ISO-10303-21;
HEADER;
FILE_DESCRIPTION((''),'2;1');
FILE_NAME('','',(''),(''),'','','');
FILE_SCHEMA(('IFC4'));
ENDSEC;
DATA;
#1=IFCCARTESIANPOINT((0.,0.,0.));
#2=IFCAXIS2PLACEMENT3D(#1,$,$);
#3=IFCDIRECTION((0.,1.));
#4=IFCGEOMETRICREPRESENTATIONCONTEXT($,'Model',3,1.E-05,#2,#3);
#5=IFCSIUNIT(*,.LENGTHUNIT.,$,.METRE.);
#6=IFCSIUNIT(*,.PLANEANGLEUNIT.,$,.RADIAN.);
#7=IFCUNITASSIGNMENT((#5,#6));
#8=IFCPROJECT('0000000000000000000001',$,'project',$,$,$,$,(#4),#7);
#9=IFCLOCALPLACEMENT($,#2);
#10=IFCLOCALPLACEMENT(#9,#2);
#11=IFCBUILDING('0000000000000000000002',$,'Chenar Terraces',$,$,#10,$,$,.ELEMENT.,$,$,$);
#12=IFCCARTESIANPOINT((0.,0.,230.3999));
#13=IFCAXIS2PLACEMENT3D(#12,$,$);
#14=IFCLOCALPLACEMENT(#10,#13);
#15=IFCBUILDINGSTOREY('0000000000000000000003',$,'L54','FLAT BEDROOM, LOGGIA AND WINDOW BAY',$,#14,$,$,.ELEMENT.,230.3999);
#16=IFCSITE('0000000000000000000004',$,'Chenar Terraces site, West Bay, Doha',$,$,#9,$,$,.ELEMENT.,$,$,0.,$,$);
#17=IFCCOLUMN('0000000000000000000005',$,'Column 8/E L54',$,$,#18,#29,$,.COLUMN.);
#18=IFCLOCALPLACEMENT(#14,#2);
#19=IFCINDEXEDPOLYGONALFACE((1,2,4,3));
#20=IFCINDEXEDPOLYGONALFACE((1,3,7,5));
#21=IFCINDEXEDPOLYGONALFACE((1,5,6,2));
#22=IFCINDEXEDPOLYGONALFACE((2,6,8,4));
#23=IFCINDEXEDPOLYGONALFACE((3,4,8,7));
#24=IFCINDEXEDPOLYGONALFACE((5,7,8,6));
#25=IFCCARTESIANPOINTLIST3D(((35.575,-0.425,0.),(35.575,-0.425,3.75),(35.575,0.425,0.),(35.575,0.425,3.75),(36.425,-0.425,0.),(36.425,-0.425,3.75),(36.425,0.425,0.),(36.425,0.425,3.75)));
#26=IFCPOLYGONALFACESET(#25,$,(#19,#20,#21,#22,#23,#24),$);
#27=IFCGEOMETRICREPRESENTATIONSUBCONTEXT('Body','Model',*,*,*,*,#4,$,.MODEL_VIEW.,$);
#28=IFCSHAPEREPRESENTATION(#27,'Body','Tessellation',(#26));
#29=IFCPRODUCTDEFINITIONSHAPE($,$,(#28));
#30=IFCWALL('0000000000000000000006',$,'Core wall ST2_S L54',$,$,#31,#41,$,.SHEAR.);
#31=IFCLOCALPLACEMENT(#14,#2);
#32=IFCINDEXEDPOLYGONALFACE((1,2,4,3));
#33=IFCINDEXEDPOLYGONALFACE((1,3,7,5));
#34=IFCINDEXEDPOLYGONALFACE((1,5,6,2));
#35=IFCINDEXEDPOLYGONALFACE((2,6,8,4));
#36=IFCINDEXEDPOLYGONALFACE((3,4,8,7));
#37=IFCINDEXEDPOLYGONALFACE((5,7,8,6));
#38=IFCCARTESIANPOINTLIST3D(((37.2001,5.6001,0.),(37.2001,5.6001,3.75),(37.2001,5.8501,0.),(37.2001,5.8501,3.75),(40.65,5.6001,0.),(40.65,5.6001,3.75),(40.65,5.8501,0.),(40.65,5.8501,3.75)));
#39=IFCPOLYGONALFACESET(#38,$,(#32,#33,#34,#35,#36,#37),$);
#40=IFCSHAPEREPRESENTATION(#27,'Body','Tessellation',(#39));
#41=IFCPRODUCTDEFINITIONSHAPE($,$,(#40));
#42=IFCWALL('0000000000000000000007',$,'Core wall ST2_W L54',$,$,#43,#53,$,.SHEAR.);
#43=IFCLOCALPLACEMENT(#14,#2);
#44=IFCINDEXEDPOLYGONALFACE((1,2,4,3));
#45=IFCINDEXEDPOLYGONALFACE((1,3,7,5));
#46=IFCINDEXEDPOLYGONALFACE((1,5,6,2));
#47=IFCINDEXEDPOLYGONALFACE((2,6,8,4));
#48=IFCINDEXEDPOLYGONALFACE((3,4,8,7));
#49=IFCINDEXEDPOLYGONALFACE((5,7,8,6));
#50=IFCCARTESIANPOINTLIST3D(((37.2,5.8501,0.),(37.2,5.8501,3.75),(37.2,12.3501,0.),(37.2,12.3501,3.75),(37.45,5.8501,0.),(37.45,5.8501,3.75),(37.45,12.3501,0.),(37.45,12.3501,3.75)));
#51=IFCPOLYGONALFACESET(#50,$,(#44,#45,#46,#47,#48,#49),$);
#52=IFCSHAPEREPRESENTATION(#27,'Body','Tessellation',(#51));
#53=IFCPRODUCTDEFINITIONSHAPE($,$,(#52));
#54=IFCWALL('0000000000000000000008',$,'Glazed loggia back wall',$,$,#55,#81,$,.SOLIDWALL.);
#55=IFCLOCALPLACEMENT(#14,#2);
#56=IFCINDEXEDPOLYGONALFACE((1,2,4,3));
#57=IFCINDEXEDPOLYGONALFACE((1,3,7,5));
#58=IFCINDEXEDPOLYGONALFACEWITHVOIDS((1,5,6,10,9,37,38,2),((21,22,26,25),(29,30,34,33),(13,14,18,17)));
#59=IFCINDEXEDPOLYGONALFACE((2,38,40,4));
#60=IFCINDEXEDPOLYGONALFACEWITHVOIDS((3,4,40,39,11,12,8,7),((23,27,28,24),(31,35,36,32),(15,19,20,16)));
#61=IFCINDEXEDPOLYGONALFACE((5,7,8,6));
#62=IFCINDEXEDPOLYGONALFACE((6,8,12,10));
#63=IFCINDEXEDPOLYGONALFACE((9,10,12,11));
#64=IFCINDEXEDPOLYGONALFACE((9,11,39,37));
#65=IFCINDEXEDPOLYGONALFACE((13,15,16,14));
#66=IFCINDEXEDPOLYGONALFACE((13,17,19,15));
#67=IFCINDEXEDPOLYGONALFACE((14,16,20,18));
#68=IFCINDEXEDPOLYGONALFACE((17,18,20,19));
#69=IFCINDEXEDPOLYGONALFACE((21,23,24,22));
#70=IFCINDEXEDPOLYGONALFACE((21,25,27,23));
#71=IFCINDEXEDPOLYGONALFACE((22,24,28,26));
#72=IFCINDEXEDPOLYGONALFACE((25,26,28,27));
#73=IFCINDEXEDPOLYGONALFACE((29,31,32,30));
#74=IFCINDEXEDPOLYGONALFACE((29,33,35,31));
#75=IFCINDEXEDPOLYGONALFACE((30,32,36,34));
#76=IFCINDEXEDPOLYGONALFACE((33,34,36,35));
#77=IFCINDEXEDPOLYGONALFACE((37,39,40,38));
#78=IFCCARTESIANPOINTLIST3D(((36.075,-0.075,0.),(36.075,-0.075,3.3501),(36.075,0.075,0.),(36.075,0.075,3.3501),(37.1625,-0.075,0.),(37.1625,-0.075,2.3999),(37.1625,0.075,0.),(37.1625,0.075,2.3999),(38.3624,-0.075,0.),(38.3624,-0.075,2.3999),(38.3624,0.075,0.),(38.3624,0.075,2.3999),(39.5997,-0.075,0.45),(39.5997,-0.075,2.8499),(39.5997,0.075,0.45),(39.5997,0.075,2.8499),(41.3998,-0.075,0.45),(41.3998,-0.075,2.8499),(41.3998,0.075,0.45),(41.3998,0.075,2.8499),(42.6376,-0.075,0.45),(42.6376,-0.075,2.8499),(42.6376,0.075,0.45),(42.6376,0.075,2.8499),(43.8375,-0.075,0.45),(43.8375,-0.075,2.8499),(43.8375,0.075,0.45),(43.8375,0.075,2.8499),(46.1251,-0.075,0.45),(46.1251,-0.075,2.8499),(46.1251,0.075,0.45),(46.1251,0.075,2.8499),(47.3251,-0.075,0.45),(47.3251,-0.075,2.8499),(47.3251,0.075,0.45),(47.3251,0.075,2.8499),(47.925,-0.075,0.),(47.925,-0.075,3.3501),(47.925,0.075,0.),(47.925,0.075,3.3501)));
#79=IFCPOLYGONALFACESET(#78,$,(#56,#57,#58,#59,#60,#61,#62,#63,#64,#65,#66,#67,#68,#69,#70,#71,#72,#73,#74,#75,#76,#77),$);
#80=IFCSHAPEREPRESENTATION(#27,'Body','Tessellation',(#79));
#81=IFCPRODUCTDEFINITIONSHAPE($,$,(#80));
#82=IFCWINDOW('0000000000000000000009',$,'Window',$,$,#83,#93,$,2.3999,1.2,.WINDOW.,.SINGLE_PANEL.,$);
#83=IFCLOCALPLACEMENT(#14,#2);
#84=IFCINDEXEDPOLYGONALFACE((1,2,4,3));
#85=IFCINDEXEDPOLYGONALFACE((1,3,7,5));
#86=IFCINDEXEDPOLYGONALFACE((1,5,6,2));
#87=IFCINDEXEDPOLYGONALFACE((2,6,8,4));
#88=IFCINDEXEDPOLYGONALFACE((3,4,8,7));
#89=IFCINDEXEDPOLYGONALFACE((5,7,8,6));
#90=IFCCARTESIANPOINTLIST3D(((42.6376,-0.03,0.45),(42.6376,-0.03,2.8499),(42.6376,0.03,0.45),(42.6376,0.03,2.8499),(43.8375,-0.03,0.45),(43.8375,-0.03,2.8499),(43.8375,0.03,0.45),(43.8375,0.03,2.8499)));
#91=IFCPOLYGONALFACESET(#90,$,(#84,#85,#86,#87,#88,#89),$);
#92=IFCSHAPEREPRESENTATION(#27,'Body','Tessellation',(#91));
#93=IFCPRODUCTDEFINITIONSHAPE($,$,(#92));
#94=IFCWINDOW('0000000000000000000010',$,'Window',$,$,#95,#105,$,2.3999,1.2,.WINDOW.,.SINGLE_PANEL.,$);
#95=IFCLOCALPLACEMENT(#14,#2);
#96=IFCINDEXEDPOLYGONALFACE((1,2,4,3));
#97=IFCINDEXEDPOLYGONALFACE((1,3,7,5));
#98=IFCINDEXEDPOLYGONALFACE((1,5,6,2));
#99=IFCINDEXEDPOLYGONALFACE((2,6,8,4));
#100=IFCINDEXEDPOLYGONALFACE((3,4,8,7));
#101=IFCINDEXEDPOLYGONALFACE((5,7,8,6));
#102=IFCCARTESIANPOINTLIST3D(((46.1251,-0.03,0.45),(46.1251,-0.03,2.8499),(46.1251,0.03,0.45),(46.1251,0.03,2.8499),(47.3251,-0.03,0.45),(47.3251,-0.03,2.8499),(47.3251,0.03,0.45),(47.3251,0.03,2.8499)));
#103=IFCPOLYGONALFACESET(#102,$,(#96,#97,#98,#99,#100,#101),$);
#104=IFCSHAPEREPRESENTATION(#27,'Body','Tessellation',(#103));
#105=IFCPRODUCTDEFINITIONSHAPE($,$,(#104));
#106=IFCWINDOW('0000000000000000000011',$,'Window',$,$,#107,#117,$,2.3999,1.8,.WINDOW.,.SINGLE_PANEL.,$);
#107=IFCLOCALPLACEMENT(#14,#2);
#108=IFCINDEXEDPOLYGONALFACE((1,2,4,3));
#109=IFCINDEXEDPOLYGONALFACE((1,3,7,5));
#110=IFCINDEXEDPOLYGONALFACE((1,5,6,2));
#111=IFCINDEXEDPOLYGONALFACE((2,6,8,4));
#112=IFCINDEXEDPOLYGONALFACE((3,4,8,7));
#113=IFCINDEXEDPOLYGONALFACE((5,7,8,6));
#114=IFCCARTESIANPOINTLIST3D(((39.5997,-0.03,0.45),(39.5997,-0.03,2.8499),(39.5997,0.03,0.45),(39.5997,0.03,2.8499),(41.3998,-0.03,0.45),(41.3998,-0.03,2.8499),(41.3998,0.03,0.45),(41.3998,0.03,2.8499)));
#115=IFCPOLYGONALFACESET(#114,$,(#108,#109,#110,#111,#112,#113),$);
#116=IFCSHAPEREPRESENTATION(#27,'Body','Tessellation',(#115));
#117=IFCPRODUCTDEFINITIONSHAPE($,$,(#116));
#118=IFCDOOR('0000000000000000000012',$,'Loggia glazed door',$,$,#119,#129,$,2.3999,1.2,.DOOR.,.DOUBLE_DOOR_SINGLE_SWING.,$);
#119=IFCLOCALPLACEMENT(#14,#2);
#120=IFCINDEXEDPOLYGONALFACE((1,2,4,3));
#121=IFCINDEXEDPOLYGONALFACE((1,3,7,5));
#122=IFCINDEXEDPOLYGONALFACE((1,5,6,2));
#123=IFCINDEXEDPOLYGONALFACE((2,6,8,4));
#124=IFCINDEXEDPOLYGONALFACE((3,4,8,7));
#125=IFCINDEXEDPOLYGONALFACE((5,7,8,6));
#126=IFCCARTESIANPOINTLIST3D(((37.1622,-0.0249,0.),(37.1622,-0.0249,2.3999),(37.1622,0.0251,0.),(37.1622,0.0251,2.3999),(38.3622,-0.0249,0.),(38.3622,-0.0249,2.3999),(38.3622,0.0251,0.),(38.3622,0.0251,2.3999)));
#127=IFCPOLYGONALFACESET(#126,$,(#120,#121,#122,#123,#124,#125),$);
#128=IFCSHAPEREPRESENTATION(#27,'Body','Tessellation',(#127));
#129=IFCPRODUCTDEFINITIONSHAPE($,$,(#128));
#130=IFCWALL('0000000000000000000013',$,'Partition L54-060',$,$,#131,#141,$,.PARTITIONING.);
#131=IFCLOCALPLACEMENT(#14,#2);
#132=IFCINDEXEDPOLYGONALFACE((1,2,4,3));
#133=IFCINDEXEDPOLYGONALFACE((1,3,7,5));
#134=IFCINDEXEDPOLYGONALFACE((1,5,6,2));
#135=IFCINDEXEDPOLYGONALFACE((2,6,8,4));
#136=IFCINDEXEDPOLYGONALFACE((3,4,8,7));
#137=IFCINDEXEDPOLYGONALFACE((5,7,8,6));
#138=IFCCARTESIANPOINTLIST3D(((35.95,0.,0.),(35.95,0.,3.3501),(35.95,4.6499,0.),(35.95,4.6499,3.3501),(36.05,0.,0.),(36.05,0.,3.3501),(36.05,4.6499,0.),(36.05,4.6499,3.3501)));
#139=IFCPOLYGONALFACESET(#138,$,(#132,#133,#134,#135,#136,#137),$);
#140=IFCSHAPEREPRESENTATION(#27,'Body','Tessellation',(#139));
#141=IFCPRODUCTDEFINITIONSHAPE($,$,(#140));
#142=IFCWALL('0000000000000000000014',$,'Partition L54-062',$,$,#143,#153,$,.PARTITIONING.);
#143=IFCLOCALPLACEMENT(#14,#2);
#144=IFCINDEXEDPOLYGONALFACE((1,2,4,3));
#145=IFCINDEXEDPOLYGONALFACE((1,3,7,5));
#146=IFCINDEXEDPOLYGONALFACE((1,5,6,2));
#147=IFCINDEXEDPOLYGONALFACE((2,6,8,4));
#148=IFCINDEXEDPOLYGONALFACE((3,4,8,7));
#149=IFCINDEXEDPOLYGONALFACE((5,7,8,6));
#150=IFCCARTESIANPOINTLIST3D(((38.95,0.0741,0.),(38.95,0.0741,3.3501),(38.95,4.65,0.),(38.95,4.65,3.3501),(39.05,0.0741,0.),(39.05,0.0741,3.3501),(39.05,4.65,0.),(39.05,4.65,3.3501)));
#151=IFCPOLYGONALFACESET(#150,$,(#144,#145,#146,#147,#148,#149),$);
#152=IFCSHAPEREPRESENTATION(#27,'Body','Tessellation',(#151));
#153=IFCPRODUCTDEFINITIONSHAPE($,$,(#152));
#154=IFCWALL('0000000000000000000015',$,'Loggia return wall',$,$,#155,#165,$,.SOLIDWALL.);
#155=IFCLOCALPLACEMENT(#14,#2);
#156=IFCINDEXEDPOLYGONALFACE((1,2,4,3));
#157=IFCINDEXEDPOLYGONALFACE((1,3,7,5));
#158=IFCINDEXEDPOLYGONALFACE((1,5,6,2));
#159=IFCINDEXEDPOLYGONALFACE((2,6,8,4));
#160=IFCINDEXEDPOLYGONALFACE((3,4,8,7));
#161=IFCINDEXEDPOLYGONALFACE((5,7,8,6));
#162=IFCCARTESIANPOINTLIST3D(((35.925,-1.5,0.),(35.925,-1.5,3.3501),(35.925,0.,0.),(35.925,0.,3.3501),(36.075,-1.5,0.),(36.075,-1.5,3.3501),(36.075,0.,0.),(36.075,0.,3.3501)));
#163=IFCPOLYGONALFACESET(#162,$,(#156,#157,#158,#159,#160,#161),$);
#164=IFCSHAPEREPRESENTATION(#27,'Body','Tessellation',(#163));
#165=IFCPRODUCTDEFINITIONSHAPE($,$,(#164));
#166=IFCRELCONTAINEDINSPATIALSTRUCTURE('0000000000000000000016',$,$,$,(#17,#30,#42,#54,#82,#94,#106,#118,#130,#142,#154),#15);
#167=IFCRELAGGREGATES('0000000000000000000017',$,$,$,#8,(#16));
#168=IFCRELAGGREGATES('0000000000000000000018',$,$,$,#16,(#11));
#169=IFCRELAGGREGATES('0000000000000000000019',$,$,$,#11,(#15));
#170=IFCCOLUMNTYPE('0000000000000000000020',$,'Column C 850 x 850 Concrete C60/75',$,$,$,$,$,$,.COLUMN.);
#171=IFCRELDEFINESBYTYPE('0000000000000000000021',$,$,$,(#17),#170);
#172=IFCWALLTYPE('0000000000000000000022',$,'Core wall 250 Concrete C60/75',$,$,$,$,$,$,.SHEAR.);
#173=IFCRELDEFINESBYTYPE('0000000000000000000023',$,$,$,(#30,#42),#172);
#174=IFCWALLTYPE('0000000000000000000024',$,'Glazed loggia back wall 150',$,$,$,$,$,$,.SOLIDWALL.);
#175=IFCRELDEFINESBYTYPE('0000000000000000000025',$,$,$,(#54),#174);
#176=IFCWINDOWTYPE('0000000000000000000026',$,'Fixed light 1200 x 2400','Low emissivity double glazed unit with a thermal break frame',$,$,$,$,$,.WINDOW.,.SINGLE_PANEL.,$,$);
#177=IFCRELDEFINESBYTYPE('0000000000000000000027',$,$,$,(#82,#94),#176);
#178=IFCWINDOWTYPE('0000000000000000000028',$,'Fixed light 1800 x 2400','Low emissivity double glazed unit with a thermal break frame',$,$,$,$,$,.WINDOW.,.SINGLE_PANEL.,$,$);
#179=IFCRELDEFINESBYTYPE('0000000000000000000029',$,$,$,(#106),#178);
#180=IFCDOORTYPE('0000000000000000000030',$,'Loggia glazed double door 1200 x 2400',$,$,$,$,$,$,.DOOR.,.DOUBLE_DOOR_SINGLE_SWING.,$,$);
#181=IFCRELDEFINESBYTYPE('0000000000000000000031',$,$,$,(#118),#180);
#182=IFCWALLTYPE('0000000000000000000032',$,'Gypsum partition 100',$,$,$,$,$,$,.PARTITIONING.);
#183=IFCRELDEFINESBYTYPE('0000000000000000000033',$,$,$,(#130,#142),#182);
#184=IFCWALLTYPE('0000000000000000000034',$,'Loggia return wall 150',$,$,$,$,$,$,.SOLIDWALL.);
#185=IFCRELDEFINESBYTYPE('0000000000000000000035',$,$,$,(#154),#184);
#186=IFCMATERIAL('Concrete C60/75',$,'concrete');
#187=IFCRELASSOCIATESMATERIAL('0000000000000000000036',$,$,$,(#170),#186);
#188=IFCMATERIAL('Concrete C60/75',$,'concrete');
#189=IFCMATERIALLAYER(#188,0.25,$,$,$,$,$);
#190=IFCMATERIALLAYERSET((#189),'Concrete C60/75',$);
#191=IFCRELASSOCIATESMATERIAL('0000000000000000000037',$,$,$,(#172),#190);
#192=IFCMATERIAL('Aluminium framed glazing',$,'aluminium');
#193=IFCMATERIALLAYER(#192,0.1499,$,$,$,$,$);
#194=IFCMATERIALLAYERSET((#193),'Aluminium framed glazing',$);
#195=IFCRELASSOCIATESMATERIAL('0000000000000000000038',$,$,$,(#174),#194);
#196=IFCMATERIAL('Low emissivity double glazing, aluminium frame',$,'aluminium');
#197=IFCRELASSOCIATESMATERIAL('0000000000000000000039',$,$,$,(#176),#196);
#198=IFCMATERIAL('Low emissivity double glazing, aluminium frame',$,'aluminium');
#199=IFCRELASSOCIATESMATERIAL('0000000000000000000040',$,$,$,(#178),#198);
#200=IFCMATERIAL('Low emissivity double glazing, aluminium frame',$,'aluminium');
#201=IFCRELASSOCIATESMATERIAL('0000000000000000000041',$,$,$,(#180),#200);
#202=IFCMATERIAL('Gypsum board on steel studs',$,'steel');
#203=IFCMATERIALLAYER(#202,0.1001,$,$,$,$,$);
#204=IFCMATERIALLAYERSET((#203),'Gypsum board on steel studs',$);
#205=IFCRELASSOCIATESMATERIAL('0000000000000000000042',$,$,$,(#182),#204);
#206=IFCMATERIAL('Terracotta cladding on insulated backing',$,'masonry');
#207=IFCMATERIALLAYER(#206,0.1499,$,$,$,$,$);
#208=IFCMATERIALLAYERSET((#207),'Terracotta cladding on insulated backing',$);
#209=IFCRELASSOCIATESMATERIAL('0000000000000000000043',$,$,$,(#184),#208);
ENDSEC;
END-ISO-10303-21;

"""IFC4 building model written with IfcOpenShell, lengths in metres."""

from ifc_helpers import new_model, si_unit, direction, frame, frame_2d, origin, origin_2d, place, context, subcontext, project, spatial, rectangle, extrude, material, layer, layer_set, material_profile, profile_set, type_object, element, fill, save


model = new_model("IFC4")

# Units and contexts
model_context = context("Model", 3, precision=1e-05, world=origin(), true_north=direction((0.0, 1.0)))
body_context = subcontext(model_context, "Body", "Model", "MODEL_VIEW")
ifc_project = project(units=[si_unit("LENGTHUNIT", "METRE"), si_unit("PLANEANGLEUNIT", "RADIAN")], contexts=[model_context])

# Site, building, storey
site_placement = place(None, origin())
site = spatial("IfcSite", under=ifc_project, at=site_placement, Name="Chenar Terraces site, West Bay, Doha", CompositionType="ELEMENT", RefElevation=0.0)
building_placement = place(site_placement, origin())
building = spatial("IfcBuilding", under=site, at=building_placement, Name="Chenar Terraces", CompositionType="ELEMENT")
storey_placement = place(building_placement, frame((0.0, 0.0, 230.3999)))
storey = spatial("IfcBuildingStorey", under=building, at=storey_placement, Name="L54", Description="FLAT BEDROOM, LOGGIA AND WINDOW BAY", CompositionType="ELEMENT", Elevation=230.3999)

# Column
ifc_material_1 = material(Name="Concrete C60/75", Category="concrete")
ifc_material_profile = material_profile(ifc_material_1, rectangle(XDim=0.8501, YDim=0.8501, at=origin_2d()), Name="C 850 x 850")
ifc_profile_set = profile_set([ifc_material_profile], Name="Concrete C60/75")
column_type = type_object("IfcColumnType", Name="Column C 850 x 850 Concrete C60/75", PredefinedType="COLUMN", material=ifc_profile_set)
column_placement = place(storey_placement, frame((36.0, 0.0, 0.0), z_axis=(0.0, 0.0, 1.0), x_axis=(1.0, 0.0, 0.0)))
element("IfcColumn", 1, at=column_placement, inside=storey, type_object=column_type, Name="Column 8/E L54", PredefinedType="COLUMN", context=body_context, shape_type="SweptSolid", body=[
    extrude(rectangle(XDim=0.8501, YDim=0.8501, at=origin_2d()), origin(), (0.0, 0.0, 1.0), 3.75),
])

# Walls
ifc_material_2 = material(Name="Concrete C60/75", Category="concrete")
ifc_layer_1 = layer(ifc_material_2, 0.25)
ifc_layer_set_1 = layer_set([ifc_layer_1], Name="Concrete C60/75")
wall_type_1 = type_object("IfcWallType", Name="Core wall 250 Concrete C60/75", PredefinedType="SHEAR", material=ifc_layer_set_1)
wall_1_placement = place(storey_placement, frame((37.2, 5.7251, 0.0), z_axis=(0.0, 0.0, 1.0), x_axis=(1.0, 0.0, 0.0)))
element("IfcWall", 2, at=wall_1_placement, inside=storey, type_object=wall_type_1, Name="Core wall ST2_S L54", PredefinedType="SHEAR", context=body_context, shape_type="SweptSolid", body=[
    extrude(rectangle(XDim=3.45, YDim=0.25, at=frame_2d((1.7251, 0.0))), origin(), (0.0, 0.0, 1.0), 3.75),
])
wall_2_placement = place(storey_placement, frame((37.325, 5.8501, 0.0), z_axis=(0.0, 0.0, 1.0), x_axis=(0.0, 1.0, 0.0)))
element("IfcWall", 3, at=wall_2_placement, inside=storey, type_object=wall_type_1, Name="Core wall ST2_W L54", PredefinedType="SHEAR", context=body_context, shape_type="SweptSolid", body=[
    extrude(rectangle(XDim=6.5, YDim=0.25, at=frame_2d((3.25, 0.0))), origin(), (0.0, 0.0, 1.0), 3.75),
])

# Wall, openings, windows, door
ifc_material_3 = material(Name="Aluminium framed glazing", Category="aluminium")
ifc_layer_2 = layer(ifc_material_3, 0.1499)
ifc_layer_set_2 = layer_set([ifc_layer_2], Name="Aluminium framed glazing")
wall_type_2 = type_object("IfcWallType", Name="Glazed loggia back wall 150", PredefinedType="SOLIDWALL", material=ifc_layer_set_2)
wall_3_placement = place(storey_placement, frame((36.075, 0.0, 0.0), z_axis=(0.0, 0.0, 1.0), x_axis=(1.0, 0.0, 0.0)))
wall_3 = element("IfcWall", 4, at=wall_3_placement, inside=storey, type_object=wall_type_2, Name="Glazed loggia back wall", PredefinedType="SOLIDWALL", context=body_context, shape_type="SweptSolid", body=[
    extrude(rectangle(XDim=11.8501, YDim=0.1499, at=frame_2d((5.925, 0.0))), origin(), (0.0, 0.0, 1.0), 3.3501),
])
opening_1_placement = place(wall_3_placement, frame((1.0874, 0.0, 0.0)))
opening_1 = element("IfcOpeningElement", 5, at=opening_1_placement, cuts=wall_3, PredefinedType="OPENING", context=body_context, shape_type="SweptSolid", body=[
    extrude(rectangle(XDim=1.2, YDim=2.3999, at=frame_2d((0.6001, 1.2))), frame((0.0, 0.085, 0.0), z_axis=(0.0, -1.0, 0.0), x_axis=(1.0, 0.0, 0.0)), (0.0, 0.0, 1.0), 0.1699),
])
opening_2_placement = place(wall_3_placement, frame((3.5249, 0.0, 0.45)))
opening_2 = element("IfcOpeningElement", 6, at=opening_2_placement, cuts=wall_3, PredefinedType="OPENING", context=body_context, shape_type="SweptSolid", body=[
    extrude(rectangle(XDim=1.8, YDim=2.3999, at=frame_2d((0.8999, 1.2))), frame((0.0, 0.085, 0.0), z_axis=(0.0, -1.0, 0.0), x_axis=(1.0, 0.0, 0.0)), (0.0, 0.0, 1.0), 0.1699),
])
opening_3_placement = place(wall_3_placement, frame((6.5625, 0.0, 0.45)))
opening_3 = element("IfcOpeningElement", 7, at=opening_3_placement, cuts=wall_3, PredefinedType="OPENING", context=body_context, shape_type="SweptSolid", body=[
    extrude(rectangle(XDim=1.2, YDim=2.3999, at=frame_2d((0.6001, 1.2))), frame((0.0, 0.085, 0.0), z_axis=(0.0, -1.0, 0.0), x_axis=(1.0, 0.0, 0.0)), (0.0, 0.0, 1.0), 0.1699),
])
opening_4_placement = place(wall_3_placement, frame((10.05, 0.0, 0.45)))
opening_4 = element("IfcOpeningElement", 8, at=opening_4_placement, cuts=wall_3, PredefinedType="OPENING", context=body_context, shape_type="SweptSolid", body=[
    extrude(rectangle(XDim=1.2, YDim=2.3999, at=frame_2d((0.6001, 1.2))), frame((0.0, 0.085, 0.0), z_axis=(0.0, -1.0, 0.0), x_axis=(1.0, 0.0, 0.0)), (0.0, 0.0, 1.0), 0.1699),
])
ifc_material_4 = material(Name="Low emissivity double glazing, aluminium frame", Category="aluminium")
window_type_1 = type_object("IfcWindowType", Name="Fixed light 1200 x 2400", Description="Low emissivity double glazed unit with a thermal break frame", PartitioningType="SINGLE_PANEL", PredefinedType="WINDOW", material=ifc_material_4)
window_1_placement = place(opening_3_placement, origin())
window_1 = element("IfcWindow", 9, at=window_1_placement, inside=storey, type_object=window_type_1, Name="Window", OverallHeight=2.3999, OverallWidth=1.2, PartitioningType="SINGLE_PANEL", PredefinedType="WINDOW", context=body_context, shape_type="SweptSolid", body=[
    extrude(rectangle(XDim=1.2, YDim=2.3999, at=frame_2d((0.6001, 1.2))), frame((0.0, 0.03, 0.0), z_axis=(0.0, -1.0, 0.0), x_axis=(1.0, 0.0, 0.0)), (0.0, 0.0, 1.0), 0.0601),
])
fill(opening_3, window_1)
window_2_placement = place(opening_4_placement, origin())
window_2 = element("IfcWindow", 10, at=window_2_placement, inside=storey, type_object=window_type_1, Name="Window", OverallHeight=2.3999, OverallWidth=1.2, PartitioningType="SINGLE_PANEL", PredefinedType="WINDOW", context=body_context, shape_type="SweptSolid", body=[
    extrude(rectangle(XDim=1.2, YDim=2.3999, at=frame_2d((0.6001, 1.2))), frame((0.0, 0.03, 0.0), z_axis=(0.0, -1.0, 0.0), x_axis=(1.0, 0.0, 0.0)), (0.0, 0.0, 1.0), 0.0601),
])
fill(opening_4, window_2)
ifc_material_5 = material(Name="Low emissivity double glazing, aluminium frame", Category="aluminium")
window_type_2 = type_object("IfcWindowType", Name="Fixed light 1800 x 2400", Description="Low emissivity double glazed unit with a thermal break frame", PartitioningType="SINGLE_PANEL", PredefinedType="WINDOW", material=ifc_material_5)
window_3_placement = place(opening_2_placement, origin())
window_3 = element("IfcWindow", 11, at=window_3_placement, inside=storey, type_object=window_type_2, Name="Window", OverallHeight=2.3999, OverallWidth=1.8, PartitioningType="SINGLE_PANEL", PredefinedType="WINDOW", context=body_context, shape_type="SweptSolid", body=[
    extrude(rectangle(XDim=1.8, YDim=2.3999, at=frame_2d((0.8999, 1.2))), frame((0.0, 0.03, 0.0), z_axis=(0.0, -1.0, 0.0), x_axis=(1.0, 0.0, 0.0)), (0.0, 0.0, 1.0), 0.0601),
])
fill(opening_2, window_3)
ifc_material_6 = material(Name="Low emissivity double glazing, aluminium frame", Category="aluminium")
door_type = type_object("IfcDoorType", Name="Loggia glazed double door 1200 x 2400", OperationType="DOUBLE_DOOR_SINGLE_SWING", PredefinedType="DOOR", material=ifc_material_6)
door_placement = place(opening_1_placement, frame((1.2, 0.0, 0.0), z_axis=(0.0, 0.0, 1.0), x_axis=(-1.0, 0.0, 0.0)))
door = element("IfcDoor", 12, at=door_placement, inside=storey, type_object=door_type, Name="Loggia glazed door", OperationType="DOUBLE_DOOR_SINGLE_SWING", OverallHeight=2.3999, OverallWidth=1.2, PredefinedType="DOOR", context=body_context, shape_type="SweptSolid", body=[
    extrude(rectangle(XDim=1.2, YDim=2.3999, at=frame_2d((0.6001, 1.2))), frame((0.0, 0.0249, 0.0), z_axis=(0.0, -1.0, 0.0), x_axis=(1.0, 0.0, 0.0)), (0.0, 0.0, 1.0), 0.05),
])
fill(opening_1, door)

# Walls
ifc_material_7 = material(Name="Gypsum board on steel studs", Category="steel")
ifc_layer_3 = layer(ifc_material_7, 0.1001)
ifc_layer_set_3 = layer_set([ifc_layer_3], Name="Gypsum board on steel studs")
wall_type_3 = type_object("IfcWallType", Name="Gypsum partition 100", PredefinedType="PARTITIONING", material=ifc_layer_set_3)
wall_4_placement = place(storey_placement, frame((36.0, 0.0, 0.0), z_axis=(0.0, 0.0, 1.0), x_axis=(0.0, 1.0, 0.0)))
element("IfcWall", 13, at=wall_4_placement, inside=storey, type_object=wall_type_3, Name="Partition L54-060", PredefinedType="PARTITIONING", context=body_context, shape_type="SweptSolid", body=[
    extrude(rectangle(XDim=4.6499, YDim=0.1001, at=frame_2d((2.325, 0.0))), origin(), (0.0, 0.0, 1.0), 3.3501),
])
wall_5_placement = place(storey_placement, frame((39.0, 0.074, 0.0), z_axis=(0.0, 0.0, 1.0), x_axis=(0.0, 1.0, 0.0)))
element("IfcWall", 14, at=wall_5_placement, inside=storey, type_object=wall_type_3, Name="Partition L54-062", PredefinedType="PARTITIONING", context=body_context, shape_type="SweptSolid", body=[
    extrude(rectangle(XDim=4.5759, YDim=0.1001, at=frame_2d((2.2881, 0.0))), origin(), (0.0, 0.0, 1.0), 3.3501),
])
ifc_material_8 = material(Name="Terracotta cladding on insulated backing", Category="masonry")
ifc_layer_4 = layer(ifc_material_8, 0.1499)
ifc_layer_set_4 = layer_set([ifc_layer_4], Name="Terracotta cladding on insulated backing")
wall_type_4 = type_object("IfcWallType", Name="Loggia return wall 150", PredefinedType="SOLIDWALL", material=ifc_layer_set_4)
wall_6_placement = place(storey_placement, frame((36.0, -1.5, 0.0), z_axis=(0.0, 0.0, 1.0), x_axis=(0.0, 1.0, 0.0)))
element("IfcWall", 15, at=wall_6_placement, inside=storey, type_object=wall_type_4, Name="Loggia return wall", PredefinedType="SOLIDWALL", context=body_context, shape_type="SweptSolid", body=[
    extrude(rectangle(XDim=1.5, YDim=0.1499, at=frame_2d((0.75, 0.0))), origin(), (0.0, 0.0, 1.0), 3.3501),
])

save(model, "model.ifc")
